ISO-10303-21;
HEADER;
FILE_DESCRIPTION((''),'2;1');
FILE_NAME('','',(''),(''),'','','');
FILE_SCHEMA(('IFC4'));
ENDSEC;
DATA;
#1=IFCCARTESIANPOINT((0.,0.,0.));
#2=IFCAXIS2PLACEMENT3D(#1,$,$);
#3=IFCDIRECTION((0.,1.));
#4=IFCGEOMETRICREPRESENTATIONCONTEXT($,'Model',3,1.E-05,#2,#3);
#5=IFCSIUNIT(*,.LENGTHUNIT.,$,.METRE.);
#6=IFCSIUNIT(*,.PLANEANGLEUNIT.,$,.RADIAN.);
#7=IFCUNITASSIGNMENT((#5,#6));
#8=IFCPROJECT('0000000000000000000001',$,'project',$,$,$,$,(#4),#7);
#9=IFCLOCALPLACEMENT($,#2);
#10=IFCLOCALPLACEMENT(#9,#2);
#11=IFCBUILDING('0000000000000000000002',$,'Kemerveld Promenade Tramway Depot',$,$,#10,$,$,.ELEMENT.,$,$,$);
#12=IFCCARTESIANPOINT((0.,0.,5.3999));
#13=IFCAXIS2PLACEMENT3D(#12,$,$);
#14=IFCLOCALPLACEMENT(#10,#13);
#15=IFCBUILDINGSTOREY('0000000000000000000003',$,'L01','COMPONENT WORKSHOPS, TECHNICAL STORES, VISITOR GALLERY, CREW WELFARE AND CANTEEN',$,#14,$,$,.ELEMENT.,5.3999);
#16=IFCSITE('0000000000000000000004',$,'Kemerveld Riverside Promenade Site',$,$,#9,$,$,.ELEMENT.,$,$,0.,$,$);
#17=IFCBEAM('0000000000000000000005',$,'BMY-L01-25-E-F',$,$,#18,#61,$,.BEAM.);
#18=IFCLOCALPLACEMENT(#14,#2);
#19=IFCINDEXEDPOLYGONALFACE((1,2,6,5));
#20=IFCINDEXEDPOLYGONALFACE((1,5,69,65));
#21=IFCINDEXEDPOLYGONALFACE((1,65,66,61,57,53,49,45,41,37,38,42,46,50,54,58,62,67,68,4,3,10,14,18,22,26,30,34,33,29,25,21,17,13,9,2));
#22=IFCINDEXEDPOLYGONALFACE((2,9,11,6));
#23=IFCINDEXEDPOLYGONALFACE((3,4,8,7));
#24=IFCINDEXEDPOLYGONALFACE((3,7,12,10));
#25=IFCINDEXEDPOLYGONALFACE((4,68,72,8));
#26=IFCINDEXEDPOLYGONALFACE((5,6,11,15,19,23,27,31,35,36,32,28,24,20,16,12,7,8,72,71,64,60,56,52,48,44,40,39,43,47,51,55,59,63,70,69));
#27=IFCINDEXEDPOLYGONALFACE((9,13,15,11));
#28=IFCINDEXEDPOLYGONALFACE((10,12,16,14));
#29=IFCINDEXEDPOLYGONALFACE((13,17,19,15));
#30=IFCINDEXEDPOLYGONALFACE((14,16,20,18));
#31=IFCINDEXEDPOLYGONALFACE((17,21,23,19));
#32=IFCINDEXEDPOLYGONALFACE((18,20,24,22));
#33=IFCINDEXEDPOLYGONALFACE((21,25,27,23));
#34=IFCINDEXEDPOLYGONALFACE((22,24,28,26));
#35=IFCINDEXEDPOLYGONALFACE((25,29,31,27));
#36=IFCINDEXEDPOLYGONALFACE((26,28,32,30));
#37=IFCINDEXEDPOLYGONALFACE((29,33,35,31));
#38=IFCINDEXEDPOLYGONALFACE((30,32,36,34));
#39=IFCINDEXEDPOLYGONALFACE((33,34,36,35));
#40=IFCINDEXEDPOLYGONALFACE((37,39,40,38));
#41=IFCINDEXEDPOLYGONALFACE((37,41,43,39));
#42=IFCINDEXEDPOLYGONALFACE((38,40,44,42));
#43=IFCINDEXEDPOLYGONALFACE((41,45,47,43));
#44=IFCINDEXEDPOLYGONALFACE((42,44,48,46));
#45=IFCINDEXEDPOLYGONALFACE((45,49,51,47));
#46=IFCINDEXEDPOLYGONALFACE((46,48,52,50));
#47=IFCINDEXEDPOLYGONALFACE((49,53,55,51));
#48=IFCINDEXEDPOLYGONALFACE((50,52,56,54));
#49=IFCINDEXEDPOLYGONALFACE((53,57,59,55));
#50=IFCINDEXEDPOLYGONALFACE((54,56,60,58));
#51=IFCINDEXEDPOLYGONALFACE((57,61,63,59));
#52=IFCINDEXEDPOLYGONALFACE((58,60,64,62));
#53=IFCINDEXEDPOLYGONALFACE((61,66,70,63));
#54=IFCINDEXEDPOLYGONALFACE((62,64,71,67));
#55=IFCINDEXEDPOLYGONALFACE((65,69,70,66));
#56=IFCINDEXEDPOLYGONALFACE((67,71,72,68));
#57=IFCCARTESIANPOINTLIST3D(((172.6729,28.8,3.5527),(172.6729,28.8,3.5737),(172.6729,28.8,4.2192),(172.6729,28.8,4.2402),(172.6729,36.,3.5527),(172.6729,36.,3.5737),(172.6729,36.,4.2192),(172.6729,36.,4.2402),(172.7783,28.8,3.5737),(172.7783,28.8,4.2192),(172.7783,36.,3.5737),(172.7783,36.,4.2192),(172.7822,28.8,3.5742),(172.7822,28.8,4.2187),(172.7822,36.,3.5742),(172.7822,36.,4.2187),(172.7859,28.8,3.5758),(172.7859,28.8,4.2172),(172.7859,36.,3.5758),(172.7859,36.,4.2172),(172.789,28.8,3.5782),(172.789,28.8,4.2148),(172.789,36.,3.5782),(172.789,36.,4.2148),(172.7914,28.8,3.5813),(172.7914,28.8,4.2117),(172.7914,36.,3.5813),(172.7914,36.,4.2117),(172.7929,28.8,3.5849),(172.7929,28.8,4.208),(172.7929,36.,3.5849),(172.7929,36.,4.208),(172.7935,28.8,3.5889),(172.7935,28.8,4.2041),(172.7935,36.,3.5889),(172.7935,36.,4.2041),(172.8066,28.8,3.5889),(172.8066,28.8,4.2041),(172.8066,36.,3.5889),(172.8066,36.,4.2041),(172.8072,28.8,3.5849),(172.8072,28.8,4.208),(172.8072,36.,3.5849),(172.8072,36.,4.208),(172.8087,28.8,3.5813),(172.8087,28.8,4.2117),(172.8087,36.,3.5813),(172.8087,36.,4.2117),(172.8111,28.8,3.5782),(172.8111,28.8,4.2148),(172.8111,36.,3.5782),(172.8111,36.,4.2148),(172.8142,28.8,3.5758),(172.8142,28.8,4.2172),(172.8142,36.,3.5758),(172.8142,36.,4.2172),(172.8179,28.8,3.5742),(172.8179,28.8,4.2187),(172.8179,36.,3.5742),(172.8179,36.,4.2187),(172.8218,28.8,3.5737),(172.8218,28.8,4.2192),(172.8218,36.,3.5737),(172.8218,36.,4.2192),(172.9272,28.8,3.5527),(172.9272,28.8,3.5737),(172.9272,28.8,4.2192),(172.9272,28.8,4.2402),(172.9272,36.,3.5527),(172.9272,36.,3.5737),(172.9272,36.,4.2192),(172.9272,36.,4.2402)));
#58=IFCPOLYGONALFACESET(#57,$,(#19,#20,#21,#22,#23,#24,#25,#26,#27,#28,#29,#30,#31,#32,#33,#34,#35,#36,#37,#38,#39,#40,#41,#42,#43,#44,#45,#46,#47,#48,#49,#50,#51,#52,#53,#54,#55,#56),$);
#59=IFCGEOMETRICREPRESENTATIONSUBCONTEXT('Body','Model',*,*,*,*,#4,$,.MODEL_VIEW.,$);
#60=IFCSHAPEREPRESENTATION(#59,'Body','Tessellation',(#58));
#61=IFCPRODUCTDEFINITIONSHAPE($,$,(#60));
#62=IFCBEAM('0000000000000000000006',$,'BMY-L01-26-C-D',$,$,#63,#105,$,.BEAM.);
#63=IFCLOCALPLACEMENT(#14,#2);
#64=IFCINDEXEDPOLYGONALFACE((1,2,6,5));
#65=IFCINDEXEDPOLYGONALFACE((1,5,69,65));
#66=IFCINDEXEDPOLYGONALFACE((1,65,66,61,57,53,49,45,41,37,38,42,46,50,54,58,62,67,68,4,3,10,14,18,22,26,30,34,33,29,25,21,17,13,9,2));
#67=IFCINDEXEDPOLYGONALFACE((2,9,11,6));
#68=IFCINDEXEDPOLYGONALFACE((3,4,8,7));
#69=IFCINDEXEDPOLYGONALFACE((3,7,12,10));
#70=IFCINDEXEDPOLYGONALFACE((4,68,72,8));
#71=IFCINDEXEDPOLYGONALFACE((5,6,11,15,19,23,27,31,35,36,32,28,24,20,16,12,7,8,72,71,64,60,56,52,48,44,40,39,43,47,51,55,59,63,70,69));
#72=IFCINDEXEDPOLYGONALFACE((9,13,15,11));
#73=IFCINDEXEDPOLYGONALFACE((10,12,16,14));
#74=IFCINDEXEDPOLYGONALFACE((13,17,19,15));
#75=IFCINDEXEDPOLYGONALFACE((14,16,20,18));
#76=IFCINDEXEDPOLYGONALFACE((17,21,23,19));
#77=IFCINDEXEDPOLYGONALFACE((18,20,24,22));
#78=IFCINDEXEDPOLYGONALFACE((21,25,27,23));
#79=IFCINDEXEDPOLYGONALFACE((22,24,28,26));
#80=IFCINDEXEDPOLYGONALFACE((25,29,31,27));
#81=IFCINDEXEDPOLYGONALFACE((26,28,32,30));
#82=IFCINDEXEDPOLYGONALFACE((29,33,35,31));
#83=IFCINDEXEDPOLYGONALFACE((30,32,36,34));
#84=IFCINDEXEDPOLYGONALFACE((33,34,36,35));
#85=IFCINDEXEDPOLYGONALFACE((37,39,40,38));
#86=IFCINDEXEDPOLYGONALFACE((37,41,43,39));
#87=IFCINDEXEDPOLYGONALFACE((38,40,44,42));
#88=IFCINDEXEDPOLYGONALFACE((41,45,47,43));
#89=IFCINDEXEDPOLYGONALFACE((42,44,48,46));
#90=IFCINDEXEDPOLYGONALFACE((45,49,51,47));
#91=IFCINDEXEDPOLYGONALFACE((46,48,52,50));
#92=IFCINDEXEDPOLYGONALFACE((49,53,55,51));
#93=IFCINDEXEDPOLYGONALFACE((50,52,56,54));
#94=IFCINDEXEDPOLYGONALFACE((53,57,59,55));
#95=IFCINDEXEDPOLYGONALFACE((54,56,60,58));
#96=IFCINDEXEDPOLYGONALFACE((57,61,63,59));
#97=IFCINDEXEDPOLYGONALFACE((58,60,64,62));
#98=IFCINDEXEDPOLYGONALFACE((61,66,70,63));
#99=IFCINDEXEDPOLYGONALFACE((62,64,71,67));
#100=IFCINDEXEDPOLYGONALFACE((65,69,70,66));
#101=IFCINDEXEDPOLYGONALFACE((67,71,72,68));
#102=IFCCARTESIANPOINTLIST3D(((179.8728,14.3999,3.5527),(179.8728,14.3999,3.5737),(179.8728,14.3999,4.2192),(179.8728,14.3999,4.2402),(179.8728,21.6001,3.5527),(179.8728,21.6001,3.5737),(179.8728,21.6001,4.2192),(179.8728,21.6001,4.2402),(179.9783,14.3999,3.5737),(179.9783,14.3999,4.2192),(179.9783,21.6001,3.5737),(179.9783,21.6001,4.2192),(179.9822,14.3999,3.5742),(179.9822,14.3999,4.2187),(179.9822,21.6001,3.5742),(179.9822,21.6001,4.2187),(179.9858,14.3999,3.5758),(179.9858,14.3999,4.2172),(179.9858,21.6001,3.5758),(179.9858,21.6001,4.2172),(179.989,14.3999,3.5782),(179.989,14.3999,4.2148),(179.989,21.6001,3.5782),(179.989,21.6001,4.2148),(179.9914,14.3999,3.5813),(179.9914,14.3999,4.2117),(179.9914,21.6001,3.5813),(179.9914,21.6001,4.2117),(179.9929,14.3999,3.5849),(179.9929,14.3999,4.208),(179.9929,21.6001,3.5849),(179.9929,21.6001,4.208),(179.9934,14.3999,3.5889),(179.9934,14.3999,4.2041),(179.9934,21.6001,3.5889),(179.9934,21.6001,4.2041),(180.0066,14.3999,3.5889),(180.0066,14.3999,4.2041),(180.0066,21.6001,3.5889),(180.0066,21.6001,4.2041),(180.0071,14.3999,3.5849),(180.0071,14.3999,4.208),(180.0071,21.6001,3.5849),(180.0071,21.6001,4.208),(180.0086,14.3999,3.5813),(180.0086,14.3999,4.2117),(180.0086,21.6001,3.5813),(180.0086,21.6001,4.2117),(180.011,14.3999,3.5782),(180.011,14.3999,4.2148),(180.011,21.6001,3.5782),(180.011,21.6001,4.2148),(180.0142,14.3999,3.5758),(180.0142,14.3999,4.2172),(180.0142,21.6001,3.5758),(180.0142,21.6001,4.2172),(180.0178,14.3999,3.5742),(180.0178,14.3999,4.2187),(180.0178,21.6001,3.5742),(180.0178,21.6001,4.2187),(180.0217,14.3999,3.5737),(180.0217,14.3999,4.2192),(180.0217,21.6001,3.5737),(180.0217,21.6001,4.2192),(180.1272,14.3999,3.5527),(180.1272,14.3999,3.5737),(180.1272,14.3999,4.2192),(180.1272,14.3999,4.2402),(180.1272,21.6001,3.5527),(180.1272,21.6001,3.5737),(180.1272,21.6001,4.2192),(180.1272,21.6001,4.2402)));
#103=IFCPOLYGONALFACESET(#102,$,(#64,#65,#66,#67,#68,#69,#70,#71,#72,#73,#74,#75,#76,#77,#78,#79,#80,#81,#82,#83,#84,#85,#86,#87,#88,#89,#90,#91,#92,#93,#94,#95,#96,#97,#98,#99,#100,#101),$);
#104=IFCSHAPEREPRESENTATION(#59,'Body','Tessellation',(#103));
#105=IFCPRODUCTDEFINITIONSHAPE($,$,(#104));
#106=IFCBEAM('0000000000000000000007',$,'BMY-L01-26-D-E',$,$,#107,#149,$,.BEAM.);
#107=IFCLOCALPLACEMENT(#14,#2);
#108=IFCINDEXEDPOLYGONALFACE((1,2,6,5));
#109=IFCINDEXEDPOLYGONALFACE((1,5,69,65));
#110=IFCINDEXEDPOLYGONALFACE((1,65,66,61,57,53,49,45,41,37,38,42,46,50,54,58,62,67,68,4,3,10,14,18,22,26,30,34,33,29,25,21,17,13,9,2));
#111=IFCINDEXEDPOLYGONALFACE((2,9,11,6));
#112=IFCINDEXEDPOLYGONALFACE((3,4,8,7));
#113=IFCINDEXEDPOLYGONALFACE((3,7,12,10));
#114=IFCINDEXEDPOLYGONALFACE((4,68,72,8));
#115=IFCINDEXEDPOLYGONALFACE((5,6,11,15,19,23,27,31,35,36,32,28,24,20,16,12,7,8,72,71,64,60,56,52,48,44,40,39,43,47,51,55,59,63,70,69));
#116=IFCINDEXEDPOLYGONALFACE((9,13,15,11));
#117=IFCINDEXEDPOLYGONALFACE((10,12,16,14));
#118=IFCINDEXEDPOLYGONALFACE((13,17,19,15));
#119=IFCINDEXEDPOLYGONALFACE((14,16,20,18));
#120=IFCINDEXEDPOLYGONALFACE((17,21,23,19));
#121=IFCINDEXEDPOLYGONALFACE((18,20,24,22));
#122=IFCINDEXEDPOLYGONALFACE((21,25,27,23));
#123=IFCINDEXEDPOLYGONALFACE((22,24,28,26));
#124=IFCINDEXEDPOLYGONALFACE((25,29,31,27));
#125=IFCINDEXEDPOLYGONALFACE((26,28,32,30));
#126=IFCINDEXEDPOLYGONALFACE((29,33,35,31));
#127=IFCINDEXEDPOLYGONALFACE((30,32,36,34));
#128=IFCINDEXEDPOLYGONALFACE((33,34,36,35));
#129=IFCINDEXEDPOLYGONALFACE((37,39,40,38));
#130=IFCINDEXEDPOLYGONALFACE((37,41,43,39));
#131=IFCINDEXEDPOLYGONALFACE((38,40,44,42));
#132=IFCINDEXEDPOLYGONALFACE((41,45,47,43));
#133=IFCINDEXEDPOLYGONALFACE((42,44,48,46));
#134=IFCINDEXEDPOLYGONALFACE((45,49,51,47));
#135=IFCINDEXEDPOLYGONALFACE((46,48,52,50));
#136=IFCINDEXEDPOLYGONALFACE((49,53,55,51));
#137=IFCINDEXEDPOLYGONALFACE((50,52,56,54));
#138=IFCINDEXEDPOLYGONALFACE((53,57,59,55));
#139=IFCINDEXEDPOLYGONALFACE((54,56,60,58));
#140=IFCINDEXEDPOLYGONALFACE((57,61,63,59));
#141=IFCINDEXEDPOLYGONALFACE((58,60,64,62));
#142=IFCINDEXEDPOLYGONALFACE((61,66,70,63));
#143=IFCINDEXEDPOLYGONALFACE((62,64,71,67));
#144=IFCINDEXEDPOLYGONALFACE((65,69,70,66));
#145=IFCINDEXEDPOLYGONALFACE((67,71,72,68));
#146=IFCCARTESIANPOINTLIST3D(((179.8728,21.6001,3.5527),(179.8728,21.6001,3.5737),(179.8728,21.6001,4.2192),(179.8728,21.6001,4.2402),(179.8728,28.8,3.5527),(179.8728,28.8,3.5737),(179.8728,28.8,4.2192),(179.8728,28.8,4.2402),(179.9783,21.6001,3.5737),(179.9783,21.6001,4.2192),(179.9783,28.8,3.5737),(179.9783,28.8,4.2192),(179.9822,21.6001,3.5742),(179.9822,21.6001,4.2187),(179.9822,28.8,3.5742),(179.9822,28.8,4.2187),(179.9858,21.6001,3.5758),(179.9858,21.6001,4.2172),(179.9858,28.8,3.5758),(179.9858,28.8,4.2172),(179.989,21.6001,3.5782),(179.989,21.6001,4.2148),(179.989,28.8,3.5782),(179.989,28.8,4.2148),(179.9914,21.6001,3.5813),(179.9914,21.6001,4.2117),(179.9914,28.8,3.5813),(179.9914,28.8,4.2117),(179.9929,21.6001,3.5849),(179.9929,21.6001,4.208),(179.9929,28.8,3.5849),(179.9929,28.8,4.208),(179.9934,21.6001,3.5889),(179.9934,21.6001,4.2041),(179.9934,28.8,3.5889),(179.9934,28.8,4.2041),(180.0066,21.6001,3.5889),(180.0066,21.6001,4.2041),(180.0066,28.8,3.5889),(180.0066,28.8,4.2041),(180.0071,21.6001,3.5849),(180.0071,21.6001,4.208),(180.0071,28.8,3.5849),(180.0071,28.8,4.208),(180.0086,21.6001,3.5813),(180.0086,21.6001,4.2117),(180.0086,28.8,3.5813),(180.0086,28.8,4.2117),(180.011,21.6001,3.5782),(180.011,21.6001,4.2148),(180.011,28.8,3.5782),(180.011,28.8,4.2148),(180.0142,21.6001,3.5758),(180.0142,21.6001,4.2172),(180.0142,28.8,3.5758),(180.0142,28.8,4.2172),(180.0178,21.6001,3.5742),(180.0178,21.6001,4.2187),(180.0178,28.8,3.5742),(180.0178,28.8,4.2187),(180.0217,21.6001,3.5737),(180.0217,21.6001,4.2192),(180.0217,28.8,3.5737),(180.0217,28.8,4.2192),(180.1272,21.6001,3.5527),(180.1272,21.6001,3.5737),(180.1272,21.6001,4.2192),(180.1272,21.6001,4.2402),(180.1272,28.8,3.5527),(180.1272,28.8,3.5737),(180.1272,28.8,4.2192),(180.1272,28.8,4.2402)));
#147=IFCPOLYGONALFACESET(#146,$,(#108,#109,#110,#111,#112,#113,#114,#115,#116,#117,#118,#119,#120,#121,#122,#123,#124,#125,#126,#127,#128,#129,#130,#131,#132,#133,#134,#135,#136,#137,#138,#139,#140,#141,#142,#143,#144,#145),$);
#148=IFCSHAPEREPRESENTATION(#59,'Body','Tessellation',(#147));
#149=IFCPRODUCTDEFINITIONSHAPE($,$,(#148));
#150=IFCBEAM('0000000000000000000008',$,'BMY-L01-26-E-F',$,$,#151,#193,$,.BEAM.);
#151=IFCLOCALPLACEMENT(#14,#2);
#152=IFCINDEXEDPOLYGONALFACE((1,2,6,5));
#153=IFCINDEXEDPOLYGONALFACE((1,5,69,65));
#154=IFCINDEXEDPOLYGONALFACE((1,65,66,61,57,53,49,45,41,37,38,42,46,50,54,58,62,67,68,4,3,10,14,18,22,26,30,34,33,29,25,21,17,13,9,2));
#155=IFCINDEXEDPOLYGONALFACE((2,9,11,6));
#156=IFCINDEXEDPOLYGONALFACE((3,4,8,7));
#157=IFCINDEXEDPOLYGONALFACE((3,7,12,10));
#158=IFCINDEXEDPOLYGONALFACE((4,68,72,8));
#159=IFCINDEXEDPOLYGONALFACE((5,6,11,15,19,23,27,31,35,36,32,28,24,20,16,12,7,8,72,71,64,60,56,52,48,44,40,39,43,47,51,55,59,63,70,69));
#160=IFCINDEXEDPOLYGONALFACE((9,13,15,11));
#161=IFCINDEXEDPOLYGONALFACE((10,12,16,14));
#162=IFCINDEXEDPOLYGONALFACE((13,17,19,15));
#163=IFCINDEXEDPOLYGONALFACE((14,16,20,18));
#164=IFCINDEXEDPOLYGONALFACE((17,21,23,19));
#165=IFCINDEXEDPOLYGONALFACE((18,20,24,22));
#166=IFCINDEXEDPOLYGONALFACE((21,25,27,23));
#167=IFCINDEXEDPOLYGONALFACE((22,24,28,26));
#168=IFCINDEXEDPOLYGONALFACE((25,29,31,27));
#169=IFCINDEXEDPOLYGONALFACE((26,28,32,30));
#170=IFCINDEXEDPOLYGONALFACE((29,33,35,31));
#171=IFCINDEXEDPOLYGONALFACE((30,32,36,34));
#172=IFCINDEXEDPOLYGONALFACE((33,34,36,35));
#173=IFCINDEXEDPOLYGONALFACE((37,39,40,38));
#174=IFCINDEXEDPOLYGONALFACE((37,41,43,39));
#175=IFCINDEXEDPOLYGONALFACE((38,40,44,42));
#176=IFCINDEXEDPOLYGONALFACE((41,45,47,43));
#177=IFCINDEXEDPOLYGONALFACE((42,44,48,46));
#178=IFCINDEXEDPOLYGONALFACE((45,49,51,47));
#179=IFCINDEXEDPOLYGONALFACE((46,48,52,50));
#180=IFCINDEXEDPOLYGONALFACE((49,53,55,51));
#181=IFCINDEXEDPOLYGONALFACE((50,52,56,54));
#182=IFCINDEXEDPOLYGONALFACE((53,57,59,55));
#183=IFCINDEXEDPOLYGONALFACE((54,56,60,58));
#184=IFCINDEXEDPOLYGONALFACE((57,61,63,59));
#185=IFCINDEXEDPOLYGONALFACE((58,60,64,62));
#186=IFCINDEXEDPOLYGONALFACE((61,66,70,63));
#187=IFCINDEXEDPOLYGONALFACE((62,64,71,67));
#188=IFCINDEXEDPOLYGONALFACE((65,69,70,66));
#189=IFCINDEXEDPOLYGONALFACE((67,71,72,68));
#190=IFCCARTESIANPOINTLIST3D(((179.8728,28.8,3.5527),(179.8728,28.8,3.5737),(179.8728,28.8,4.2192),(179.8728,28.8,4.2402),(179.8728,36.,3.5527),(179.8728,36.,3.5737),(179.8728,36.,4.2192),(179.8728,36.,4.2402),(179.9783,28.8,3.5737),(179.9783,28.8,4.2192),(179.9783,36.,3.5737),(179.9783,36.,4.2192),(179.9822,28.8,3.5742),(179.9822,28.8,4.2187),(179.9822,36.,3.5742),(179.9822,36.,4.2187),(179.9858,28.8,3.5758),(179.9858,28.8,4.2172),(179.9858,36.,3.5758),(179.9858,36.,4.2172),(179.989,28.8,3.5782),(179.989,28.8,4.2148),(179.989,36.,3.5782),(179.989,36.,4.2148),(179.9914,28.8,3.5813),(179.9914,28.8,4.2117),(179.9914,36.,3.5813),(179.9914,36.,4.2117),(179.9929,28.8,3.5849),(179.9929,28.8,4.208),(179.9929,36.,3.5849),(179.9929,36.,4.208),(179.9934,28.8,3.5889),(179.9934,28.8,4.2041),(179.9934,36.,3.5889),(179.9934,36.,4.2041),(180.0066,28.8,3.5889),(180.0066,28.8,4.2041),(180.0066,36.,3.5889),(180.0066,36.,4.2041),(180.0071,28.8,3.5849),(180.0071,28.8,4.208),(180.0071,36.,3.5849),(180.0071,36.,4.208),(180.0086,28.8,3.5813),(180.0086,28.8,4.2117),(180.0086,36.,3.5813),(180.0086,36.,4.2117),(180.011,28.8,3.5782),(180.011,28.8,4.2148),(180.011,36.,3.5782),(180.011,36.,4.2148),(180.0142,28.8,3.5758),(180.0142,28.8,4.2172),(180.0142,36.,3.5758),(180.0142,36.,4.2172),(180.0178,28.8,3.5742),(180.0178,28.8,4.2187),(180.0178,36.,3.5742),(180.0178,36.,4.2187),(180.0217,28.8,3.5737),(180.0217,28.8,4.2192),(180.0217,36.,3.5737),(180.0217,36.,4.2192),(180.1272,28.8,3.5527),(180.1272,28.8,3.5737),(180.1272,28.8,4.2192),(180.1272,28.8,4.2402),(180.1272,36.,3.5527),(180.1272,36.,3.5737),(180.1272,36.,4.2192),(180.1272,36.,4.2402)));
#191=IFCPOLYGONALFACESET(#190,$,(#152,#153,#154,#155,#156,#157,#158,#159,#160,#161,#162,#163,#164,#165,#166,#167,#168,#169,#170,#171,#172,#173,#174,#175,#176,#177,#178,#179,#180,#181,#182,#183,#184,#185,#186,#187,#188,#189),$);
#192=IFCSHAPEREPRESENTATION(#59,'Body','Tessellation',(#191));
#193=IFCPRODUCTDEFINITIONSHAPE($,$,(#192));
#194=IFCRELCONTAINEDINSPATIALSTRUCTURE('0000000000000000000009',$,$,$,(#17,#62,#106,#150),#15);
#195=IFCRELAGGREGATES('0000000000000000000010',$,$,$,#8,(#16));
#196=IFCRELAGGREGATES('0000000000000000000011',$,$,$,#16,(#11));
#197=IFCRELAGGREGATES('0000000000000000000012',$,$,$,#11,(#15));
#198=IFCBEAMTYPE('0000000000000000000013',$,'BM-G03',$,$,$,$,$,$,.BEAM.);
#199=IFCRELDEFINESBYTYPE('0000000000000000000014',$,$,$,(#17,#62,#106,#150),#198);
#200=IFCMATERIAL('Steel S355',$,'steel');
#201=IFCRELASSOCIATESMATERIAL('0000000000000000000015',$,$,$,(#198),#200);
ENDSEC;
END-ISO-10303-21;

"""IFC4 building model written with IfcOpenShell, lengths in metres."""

from ifc_helpers import new_model, si_unit, direction, frame, origin, origin_2d, place, context, subcontext, project, spatial, i_section, extrude, material, material_profile, profile_set, type_object, element, save


model = new_model("IFC4")

# Units and contexts
model_context = context("Model", 3, precision=1e-05, world=origin(), true_north=direction((0.0, 1.0)))
body_context = subcontext(model_context, "Body", "Model", "MODEL_VIEW")
ifc_project = project(units=[si_unit("LENGTHUNIT", "METRE"), si_unit("PLANEANGLEUNIT", "RADIAN")], contexts=[model_context])

# Site, building, storey
site_placement = place(None, origin())
site = spatial("IfcSite", under=ifc_project, at=site_placement, Name="Kemerveld Riverside Promenade Site", CompositionType="ELEMENT", RefElevation=0.0)
building_placement = place(site_placement, origin())
building = spatial("IfcBuilding", under=site, at=building_placement, Name="Kemerveld Promenade Tramway Depot", CompositionType="ELEMENT")
storey_placement = place(building_placement, frame((0.0, 0.0, 5.3999)))
storey = spatial("IfcBuildingStorey", under=building, at=storey_placement, Name="L01", Description="COMPONENT WORKSHOPS, TECHNICAL STORES, VISITOR GALLERY, CREW WELFARE AND CANTEEN", CompositionType="ELEMENT", Elevation=5.3999)

# Shared definitions
ifc_material_1 = material(Name="Steel S355", Category="steel")

# Beams
ifc_material_profile_1 = material_profile(ifc_material_1, i_section(OverallWidth=0.2544, OverallDepth=0.6875, WebThickness=0.0132, FlangeThickness=0.021, FilletRadius=0.0151, at=origin_2d()), Name="686x254x152 UB")
ifc_profile_set_1 = profile_set([ifc_material_profile_1], Name="Steel S355")
beam_type_1 = type_object("IfcBeamType", Name="BM-G03", PredefinedType="BEAM", material=ifc_profile_set_1)
for number, where, z_axis, x_axis, name in (
    (1, (172.8, 28.8, 3.8965), (0.0, 1.0, 0.0), (-1.0, 0.0, 0.0), "BMY-L01-25-E-F"),
):
    element("IfcBeam", number, at=place(storey_placement, frame(where, z_axis=z_axis, x_axis=x_axis)), inside=storey, type_object=beam_type_1, Name=name, PredefinedType="BEAM", context=body_context, shape_type="SweptSolid", body=[
        extrude(i_section(OverallWidth=0.2544, OverallDepth=0.6875, WebThickness=0.0132, FlangeThickness=0.021, FilletRadius=0.0151, at=origin_2d()), origin(), (0.0, 0.0, 1.0), 7.2),
    ])
beam_1_placement = place(storey_placement, frame((180.0, 14.3999, 3.8965), z_axis=(0.0, 1.0, 0.0), x_axis=(-1.0, 0.0, 0.0)))
element("IfcBeam", 2, at=beam_1_placement, inside=storey, type_object=beam_type_1, Name="BMY-L01-26-C-D", PredefinedType="BEAM", context=body_context, shape_type="SweptSolid", body=[
    extrude(i_section(OverallWidth=0.2544, OverallDepth=0.6875, WebThickness=0.0132, FlangeThickness=0.021, FilletRadius=0.0151, at=origin_2d()), origin(), (0.0, 0.0, 1.0), 7.2002),
])
for number, where, z_axis, x_axis, name in (
    (3, (180.0, 21.6001, 3.8965), (0.0, 1.0, 0.0), (-1.0, 0.0, 0.0), "BMY-L01-26-D-E"),
    (4, (180.0, 28.8, 3.8965), (0.0, 1.0, 0.0), (-1.0, 0.0, 0.0), "BMY-L01-26-E-F"),
):
    element("IfcBeam", number, at=place(storey_placement, frame(where, z_axis=z_axis, x_axis=x_axis)), inside=storey, type_object=beam_type_1, Name=name, PredefinedType="BEAM", context=body_context, shape_type="SweptSolid", body=[
        extrude(i_section(OverallWidth=0.2544, OverallDepth=0.6875, WebThickness=0.0132, FlangeThickness=0.021, FilletRadius=0.0151, at=origin_2d()), origin(), (0.0, 0.0, 1.0), 7.2),
    ])

save(model, "model.ifc")
